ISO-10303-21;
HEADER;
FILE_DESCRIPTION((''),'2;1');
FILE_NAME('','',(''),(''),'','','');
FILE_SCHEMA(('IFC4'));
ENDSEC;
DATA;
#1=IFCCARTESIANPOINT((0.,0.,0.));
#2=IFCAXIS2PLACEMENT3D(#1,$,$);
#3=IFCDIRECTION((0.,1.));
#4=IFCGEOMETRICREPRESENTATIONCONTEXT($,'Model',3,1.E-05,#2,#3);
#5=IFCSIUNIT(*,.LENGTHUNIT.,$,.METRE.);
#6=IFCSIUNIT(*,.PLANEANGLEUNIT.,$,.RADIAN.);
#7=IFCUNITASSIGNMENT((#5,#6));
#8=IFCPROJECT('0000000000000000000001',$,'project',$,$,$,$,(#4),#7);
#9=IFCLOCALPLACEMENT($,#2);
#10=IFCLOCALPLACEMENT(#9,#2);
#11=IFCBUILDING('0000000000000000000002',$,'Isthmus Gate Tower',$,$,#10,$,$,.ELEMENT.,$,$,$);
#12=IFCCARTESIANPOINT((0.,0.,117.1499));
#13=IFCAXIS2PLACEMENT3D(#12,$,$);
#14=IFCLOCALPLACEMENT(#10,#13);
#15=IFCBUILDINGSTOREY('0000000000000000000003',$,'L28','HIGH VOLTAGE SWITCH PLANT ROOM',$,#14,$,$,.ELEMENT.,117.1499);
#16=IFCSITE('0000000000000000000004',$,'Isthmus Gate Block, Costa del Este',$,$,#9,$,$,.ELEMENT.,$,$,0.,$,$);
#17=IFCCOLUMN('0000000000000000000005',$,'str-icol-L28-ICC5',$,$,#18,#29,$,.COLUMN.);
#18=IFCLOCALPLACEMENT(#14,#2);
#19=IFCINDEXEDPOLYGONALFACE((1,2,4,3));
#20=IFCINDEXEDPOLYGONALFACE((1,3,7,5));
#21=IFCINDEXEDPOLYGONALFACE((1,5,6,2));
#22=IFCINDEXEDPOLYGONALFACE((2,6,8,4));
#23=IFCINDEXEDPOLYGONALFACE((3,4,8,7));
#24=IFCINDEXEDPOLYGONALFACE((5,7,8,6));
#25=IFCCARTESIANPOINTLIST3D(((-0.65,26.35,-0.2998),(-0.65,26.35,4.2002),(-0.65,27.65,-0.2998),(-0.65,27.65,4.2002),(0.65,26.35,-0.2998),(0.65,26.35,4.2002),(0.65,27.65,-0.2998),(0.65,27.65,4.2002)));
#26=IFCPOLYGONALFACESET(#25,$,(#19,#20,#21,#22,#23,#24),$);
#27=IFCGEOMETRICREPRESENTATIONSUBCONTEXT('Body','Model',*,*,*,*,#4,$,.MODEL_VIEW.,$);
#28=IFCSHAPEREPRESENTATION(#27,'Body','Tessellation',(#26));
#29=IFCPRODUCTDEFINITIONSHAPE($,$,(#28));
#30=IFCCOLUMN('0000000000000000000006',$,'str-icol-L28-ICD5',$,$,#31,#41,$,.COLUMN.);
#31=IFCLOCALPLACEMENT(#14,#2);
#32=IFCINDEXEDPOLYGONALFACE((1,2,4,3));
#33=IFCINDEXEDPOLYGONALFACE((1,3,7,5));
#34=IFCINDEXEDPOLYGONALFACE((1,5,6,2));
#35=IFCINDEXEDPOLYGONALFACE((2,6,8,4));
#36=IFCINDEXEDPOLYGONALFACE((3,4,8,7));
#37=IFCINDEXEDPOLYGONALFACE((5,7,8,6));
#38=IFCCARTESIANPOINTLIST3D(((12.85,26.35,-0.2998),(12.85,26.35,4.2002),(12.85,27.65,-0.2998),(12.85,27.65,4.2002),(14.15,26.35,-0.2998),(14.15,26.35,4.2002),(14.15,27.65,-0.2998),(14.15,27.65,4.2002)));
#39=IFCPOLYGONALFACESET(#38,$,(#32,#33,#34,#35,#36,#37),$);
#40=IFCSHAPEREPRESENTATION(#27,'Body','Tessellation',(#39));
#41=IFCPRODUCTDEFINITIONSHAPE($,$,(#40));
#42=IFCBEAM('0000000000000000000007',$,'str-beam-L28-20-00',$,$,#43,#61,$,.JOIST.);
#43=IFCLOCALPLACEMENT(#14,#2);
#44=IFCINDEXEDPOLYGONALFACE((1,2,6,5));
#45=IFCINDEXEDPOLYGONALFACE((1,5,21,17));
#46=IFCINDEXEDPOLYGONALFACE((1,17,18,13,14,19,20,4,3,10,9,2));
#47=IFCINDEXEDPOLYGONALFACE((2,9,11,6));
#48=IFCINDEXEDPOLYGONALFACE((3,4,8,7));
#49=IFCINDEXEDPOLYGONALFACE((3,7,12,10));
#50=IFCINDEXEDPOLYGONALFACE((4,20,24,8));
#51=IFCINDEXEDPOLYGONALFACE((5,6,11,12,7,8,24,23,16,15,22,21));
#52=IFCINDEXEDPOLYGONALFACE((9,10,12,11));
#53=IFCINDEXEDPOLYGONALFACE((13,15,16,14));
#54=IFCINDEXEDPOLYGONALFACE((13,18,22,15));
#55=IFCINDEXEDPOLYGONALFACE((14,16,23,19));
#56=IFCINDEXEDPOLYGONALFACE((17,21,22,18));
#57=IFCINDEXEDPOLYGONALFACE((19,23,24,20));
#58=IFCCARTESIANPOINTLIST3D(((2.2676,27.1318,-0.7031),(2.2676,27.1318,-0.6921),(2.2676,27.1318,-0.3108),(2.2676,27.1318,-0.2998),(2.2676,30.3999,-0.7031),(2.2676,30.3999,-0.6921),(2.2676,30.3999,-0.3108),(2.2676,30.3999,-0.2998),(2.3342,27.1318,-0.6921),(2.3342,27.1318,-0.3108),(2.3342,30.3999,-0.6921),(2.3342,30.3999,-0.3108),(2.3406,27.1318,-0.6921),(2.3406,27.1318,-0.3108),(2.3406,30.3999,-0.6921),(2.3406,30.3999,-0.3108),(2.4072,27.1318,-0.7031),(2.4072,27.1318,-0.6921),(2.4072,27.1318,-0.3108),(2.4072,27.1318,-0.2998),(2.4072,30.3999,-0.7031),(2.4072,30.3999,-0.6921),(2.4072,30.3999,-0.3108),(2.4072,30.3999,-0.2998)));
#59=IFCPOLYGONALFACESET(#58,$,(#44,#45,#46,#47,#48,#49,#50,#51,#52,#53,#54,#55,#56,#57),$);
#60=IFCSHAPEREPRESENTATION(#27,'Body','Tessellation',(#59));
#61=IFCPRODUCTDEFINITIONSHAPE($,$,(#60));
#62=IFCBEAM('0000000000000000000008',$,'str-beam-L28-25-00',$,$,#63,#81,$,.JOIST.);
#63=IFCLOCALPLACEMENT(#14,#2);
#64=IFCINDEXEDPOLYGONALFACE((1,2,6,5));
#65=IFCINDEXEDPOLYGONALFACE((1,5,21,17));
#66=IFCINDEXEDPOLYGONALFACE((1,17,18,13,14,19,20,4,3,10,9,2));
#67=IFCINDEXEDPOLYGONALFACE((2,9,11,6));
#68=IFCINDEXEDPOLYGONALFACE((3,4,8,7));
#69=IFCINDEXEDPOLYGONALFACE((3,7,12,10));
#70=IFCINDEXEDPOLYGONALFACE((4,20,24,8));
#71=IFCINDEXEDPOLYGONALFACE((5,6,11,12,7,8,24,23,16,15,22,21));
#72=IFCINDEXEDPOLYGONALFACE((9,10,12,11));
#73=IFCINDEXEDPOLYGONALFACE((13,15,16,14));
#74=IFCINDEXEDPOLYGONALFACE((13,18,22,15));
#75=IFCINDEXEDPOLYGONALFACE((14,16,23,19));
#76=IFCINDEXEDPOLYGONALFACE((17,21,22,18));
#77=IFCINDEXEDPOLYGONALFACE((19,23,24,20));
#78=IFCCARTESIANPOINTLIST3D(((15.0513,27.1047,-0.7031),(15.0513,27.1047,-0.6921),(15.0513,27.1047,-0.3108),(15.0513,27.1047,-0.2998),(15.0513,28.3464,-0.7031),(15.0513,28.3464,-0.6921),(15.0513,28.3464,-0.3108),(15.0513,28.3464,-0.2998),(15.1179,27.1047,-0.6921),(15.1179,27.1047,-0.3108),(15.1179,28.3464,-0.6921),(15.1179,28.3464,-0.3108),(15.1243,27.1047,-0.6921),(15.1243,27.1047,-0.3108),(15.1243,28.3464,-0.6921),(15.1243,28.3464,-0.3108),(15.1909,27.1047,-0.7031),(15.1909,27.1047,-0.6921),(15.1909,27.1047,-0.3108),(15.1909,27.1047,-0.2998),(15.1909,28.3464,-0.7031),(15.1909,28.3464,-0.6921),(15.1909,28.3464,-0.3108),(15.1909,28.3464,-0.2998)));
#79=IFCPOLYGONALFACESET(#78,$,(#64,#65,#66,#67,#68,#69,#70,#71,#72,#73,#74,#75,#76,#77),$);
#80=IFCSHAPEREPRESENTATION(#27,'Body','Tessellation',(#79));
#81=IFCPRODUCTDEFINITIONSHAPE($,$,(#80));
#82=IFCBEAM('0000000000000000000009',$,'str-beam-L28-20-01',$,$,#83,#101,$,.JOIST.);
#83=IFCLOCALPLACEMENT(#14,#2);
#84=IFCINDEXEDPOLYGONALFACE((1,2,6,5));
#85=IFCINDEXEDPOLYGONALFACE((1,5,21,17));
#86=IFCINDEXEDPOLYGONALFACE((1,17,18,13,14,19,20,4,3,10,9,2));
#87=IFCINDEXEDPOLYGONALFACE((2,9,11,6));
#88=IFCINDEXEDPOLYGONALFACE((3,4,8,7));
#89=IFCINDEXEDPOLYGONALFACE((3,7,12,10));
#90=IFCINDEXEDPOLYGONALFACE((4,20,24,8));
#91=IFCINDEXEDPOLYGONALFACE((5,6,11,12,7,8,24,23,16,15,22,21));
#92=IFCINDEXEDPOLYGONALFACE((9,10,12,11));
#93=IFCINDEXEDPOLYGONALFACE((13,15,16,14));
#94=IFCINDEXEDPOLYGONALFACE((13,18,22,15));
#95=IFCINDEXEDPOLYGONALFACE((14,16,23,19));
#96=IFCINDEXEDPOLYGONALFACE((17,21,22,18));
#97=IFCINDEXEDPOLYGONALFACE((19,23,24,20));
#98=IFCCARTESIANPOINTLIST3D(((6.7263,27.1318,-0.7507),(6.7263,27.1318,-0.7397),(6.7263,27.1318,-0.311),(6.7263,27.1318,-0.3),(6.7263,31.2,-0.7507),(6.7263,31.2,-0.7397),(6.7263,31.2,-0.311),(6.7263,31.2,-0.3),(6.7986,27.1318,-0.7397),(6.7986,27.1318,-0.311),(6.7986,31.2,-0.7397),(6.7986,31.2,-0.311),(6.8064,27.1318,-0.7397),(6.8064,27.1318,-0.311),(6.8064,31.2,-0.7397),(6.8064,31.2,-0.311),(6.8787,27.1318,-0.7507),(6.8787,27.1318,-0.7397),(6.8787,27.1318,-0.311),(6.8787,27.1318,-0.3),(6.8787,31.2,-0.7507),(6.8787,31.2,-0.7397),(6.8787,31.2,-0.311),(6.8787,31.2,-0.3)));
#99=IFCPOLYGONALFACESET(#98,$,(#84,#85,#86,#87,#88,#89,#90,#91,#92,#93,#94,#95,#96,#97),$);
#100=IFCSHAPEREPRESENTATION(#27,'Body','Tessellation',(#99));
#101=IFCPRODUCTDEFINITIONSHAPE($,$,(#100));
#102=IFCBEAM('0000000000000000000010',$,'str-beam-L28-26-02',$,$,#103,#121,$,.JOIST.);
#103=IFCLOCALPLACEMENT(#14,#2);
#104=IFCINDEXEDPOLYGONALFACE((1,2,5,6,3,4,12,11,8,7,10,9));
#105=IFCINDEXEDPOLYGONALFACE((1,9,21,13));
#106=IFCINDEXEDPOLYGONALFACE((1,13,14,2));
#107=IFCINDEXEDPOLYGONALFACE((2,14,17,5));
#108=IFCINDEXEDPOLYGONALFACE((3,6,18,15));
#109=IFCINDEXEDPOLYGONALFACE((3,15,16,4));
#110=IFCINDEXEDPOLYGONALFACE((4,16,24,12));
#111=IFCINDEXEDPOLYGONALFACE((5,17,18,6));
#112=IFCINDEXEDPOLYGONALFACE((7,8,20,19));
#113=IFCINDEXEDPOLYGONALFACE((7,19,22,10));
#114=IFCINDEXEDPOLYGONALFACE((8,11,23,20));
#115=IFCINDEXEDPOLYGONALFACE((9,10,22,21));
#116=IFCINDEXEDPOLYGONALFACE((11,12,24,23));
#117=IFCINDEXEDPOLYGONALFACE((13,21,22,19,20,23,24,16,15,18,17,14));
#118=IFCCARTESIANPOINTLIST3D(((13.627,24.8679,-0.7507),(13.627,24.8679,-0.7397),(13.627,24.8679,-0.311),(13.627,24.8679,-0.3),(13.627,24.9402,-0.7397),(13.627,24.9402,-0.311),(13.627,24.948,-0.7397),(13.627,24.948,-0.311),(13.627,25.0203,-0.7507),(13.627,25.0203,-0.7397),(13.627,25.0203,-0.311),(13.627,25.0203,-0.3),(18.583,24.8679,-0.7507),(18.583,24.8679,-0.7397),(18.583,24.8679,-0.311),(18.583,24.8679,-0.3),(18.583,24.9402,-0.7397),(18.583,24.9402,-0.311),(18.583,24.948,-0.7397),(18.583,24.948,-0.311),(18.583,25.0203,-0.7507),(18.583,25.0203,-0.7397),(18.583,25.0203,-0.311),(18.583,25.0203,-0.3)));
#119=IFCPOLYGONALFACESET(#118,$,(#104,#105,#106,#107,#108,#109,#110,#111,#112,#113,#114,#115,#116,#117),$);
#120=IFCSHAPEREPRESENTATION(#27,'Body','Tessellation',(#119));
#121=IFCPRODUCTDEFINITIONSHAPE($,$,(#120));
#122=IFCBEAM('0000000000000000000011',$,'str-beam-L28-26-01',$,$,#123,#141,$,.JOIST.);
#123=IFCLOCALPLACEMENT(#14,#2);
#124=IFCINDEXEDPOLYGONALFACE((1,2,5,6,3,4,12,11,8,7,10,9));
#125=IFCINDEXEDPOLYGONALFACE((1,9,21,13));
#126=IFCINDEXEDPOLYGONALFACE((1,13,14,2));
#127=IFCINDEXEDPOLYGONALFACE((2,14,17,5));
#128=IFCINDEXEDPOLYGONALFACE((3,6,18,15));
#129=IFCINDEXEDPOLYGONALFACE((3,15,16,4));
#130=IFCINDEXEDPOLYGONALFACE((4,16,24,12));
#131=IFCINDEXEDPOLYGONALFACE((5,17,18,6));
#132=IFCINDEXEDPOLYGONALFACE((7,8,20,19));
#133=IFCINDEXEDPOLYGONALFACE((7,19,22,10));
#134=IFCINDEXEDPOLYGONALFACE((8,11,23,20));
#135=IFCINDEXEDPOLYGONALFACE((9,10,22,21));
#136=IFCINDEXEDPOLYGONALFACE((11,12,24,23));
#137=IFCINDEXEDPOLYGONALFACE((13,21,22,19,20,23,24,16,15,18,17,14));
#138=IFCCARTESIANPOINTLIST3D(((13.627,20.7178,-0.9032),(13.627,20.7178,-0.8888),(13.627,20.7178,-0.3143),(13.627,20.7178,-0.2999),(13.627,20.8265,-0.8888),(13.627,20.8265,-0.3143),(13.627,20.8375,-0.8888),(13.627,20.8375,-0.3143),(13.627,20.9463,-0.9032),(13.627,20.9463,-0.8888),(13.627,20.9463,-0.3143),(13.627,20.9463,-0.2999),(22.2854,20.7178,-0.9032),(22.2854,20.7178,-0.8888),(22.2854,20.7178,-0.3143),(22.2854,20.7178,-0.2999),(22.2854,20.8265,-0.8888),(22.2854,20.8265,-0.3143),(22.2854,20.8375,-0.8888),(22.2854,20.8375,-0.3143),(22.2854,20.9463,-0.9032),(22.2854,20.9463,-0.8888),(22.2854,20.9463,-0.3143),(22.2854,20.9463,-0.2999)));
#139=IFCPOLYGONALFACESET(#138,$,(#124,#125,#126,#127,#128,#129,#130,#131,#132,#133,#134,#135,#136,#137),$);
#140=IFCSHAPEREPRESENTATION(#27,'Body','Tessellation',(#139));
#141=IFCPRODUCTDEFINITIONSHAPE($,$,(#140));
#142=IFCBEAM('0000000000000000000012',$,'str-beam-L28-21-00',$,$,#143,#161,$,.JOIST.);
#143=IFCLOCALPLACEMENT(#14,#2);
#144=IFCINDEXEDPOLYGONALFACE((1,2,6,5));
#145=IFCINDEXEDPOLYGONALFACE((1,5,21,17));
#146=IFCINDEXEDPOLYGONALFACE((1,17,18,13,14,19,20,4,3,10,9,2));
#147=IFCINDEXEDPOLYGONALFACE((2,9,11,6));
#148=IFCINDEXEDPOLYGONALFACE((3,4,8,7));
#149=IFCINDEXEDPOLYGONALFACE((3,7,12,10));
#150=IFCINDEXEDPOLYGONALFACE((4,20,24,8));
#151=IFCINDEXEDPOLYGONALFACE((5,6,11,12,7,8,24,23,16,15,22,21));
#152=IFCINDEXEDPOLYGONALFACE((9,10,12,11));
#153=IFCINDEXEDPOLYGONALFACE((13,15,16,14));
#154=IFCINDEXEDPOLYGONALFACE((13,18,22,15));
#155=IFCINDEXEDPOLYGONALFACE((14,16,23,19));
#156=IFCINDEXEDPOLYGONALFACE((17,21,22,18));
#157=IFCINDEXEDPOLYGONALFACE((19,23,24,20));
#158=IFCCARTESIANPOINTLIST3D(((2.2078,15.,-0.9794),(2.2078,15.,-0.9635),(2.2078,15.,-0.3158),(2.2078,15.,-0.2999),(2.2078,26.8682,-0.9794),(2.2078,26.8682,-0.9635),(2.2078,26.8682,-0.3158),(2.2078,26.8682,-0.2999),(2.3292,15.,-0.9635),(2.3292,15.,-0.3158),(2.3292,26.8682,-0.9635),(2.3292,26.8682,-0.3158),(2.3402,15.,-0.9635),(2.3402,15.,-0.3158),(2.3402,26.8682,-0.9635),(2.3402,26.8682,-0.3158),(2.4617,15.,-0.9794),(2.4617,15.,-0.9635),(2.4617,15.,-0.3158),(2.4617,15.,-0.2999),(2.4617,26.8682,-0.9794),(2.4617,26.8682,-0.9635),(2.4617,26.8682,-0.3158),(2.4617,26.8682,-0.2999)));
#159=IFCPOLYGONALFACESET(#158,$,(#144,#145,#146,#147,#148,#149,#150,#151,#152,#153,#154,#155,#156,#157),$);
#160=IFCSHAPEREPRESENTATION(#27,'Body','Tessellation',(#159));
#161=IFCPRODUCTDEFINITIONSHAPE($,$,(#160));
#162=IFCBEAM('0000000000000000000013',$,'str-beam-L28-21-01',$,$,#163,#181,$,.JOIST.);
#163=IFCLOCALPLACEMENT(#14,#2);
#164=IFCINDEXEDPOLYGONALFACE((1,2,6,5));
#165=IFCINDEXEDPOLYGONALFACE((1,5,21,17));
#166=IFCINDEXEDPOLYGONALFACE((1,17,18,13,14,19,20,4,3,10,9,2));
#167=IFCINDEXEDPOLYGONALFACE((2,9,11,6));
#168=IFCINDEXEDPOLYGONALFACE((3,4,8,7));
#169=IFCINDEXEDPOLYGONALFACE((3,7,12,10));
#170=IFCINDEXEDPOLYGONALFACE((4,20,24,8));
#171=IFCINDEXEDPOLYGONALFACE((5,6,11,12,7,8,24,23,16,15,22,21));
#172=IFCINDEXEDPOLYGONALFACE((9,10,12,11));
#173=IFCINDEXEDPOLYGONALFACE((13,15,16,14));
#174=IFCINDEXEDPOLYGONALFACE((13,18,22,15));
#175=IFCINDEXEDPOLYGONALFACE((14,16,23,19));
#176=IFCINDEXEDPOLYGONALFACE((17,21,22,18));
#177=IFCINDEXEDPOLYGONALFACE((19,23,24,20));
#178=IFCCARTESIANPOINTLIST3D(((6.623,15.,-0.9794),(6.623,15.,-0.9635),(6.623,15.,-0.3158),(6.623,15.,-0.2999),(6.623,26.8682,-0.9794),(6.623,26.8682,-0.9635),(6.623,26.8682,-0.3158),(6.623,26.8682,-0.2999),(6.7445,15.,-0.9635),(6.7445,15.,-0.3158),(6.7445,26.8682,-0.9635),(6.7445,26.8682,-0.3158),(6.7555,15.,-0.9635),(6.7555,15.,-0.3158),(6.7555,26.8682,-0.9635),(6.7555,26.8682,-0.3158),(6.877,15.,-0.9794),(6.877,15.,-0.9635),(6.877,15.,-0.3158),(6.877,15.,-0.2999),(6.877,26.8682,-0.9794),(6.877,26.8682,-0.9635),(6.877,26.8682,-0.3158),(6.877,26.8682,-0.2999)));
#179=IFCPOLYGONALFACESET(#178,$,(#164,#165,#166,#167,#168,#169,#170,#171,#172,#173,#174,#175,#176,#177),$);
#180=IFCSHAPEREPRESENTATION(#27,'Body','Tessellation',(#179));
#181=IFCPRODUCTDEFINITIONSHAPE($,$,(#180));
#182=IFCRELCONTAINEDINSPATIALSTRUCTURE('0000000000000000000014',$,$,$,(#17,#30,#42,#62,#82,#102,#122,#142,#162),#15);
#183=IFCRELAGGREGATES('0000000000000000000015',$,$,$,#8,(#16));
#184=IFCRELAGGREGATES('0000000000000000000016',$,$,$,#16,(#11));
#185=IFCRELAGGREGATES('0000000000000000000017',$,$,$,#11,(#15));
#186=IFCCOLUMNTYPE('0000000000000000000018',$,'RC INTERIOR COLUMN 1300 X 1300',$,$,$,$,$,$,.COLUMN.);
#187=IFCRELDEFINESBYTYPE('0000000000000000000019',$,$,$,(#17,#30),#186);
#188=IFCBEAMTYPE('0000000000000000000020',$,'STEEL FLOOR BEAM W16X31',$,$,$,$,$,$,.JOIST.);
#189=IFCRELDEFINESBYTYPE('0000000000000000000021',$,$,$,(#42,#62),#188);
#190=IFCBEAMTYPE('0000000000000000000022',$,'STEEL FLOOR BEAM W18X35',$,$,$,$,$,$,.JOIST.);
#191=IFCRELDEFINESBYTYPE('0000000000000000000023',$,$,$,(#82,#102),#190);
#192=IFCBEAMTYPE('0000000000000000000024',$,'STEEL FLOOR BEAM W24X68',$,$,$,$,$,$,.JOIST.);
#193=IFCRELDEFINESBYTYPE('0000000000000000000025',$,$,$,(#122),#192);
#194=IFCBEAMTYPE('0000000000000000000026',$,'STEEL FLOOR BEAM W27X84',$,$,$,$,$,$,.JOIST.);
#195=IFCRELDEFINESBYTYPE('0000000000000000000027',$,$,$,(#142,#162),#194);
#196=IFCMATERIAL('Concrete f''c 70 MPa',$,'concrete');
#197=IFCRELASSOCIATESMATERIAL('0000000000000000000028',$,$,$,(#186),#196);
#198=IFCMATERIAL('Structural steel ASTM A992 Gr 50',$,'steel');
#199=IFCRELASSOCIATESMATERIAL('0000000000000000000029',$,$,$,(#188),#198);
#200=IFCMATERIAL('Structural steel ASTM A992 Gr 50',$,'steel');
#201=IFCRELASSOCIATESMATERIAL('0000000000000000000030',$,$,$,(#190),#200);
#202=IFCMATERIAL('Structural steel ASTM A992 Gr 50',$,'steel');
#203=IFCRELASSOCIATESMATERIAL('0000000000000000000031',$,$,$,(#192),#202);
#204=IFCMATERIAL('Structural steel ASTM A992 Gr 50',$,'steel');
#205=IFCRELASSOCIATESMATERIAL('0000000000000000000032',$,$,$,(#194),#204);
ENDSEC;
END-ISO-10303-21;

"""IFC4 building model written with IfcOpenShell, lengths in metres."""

from ifc_helpers import new_model, si_unit, direction, frame, origin, origin_2d, place, context, subcontext, project, spatial, rectangle, i_section, extrude, material, material_profile, profile_set, type_object, element, save


model = new_model("IFC4")

# Units and contexts
model_context = context("Model", 3, precision=1e-05, world=origin(), true_north=direction((0.0, 1.0)))
body_context = subcontext(model_context, "Body", "Model", "MODEL_VIEW")
ifc_project = project(units=[si_unit("LENGTHUNIT", "METRE"), si_unit("PLANEANGLEUNIT", "RADIAN")], contexts=[model_context])

# Site, building, storey
site_placement = place(None, origin())
site = spatial("IfcSite", under=ifc_project, at=site_placement, Name="Isthmus Gate Block, Costa del Este", CompositionType="ELEMENT", RefElevation=0.0)
building_placement = place(site_placement, origin())
building = spatial("IfcBuilding", under=site, at=building_placement, Name="Isthmus Gate Tower", CompositionType="ELEMENT")
storey_placement = place(building_placement, frame((0.0, 0.0, 117.1499)))
storey = spatial("IfcBuildingStorey", under=building, at=storey_placement, Name="L28", Description="HIGH VOLTAGE SWITCH PLANT ROOM", CompositionType="ELEMENT", Elevation=117.1499)

# Columns
ifc_material_1 = material(Name="Concrete f'c 70 MPa", Category="concrete")
ifc_material_profile_1 = material_profile(ifc_material_1, rectangle(XDim=1.3, YDim=1.3, at=origin_2d()), Name="RC 1300X1300")
ifc_profile_set_1 = profile_set([ifc_material_profile_1], Name="Concrete f'c 70 MPa")
column_type = type_object("IfcColumnType", Name="RC INTERIOR COLUMN 1300 X 1300", PredefinedType="COLUMN", material=ifc_profile_set_1)
for number, where, z_axis, x_axis, name in (
    (1, (0.0, 27.0, -0.2998), (0.0, 0.0, 1.0), (1.0, 0.0, 0.0), "str-icol-L28-ICC5"),
    (2, (13.5, 27.0, -0.2998), (0.0, 0.0, 1.0), (1.0, 0.0, 0.0), "str-icol-L28-ICD5"),
):
    element("IfcColumn", number, at=place(storey_placement, frame(where, z_axis=z_axis, x_axis=x_axis)), inside=storey, type_object=column_type, Name=name, PredefinedType="COLUMN", context=body_context, shape_type="SweptSolid", body=[
        extrude(rectangle(XDim=1.3, YDim=1.3, at=origin_2d()), origin(), (0.0, 0.0, 1.0), 4.5),
    ])

# Beams
ifc_material_2 = material(Name="Structural steel ASTM A992 Gr 50", Category="steel")
ifc_material_profile_2 = material_profile(ifc_material_2, i_section(OverallWidth=0.1396, OverallDepth=0.4033, WebThickness=0.0063, FlangeThickness=0.011, at=origin_2d()), Name="W16X31")
ifc_profile_set_2 = profile_set([ifc_material_profile_2], Name="Structural steel ASTM A992 Gr 50")
beam_type_1 = type_object("IfcBeamType", Name="STEEL FLOOR BEAM W16X31", PredefinedType="JOIST", material=ifc_profile_set_2)
beam_1_placement = place(storey_placement, frame((2.3374, 27.1318, -0.5015), z_axis=(0.0, 1.0, 0.0), x_axis=(-1.0, 0.0, 0.0)))
element("IfcBeam", 3, at=beam_1_placement, inside=storey, type_object=beam_type_1, Name="str-beam-L28-20-00", PredefinedType="JOIST", context=body_context, shape_type="SweptSolid", body=[
    extrude(i_section(OverallWidth=0.1396, OverallDepth=0.4033, WebThickness=0.0063, FlangeThickness=0.011, at=origin_2d()), origin(), (0.0, 0.0, 1.0), 3.2681),
])
beam_2_placement = place(storey_placement, frame((15.1211, 27.1047, -0.5015), z_axis=(0.0, 1.0, 0.0), x_axis=(-1.0, 0.0, 0.0)))
element("IfcBeam", 4, at=beam_2_placement, inside=storey, type_object=beam_type_1, Name="str-beam-L28-25-00", PredefinedType="JOIST", context=body_context, shape_type="SweptSolid", body=[
    extrude(i_section(OverallWidth=0.1396, OverallDepth=0.4033, WebThickness=0.0063, FlangeThickness=0.011, at=origin_2d()), origin(), (0.0, 0.0, 1.0), 1.2417),
])
ifc_material_3 = material(Name="Structural steel ASTM A992 Gr 50", Category="steel")
ifc_material_profile_3 = material_profile(ifc_material_3, i_section(OverallWidth=0.1523, OverallDepth=0.4507, WebThickness=0.0078, FlangeThickness=0.011, at=origin_2d()), Name="W18X35")
ifc_profile_set_3 = profile_set([ifc_material_profile_3], Name="Structural steel ASTM A992 Gr 50")
beam_type_2 = type_object("IfcBeamType", Name="STEEL FLOOR BEAM W18X35", PredefinedType="JOIST", material=ifc_profile_set_3)
beam_3_placement = place(storey_placement, frame((6.8025, 27.1318, -0.5254), z_axis=(0.0, 1.0, 0.0), x_axis=(-1.0, 0.0, 0.0)))
element("IfcBeam", 5, at=beam_3_placement, inside=storey, type_object=beam_type_2, Name="str-beam-L28-20-01", PredefinedType="JOIST", context=body_context, shape_type="SweptSolid", body=[
    extrude(i_section(OverallWidth=0.1523, OverallDepth=0.4507, WebThickness=0.0078, FlangeThickness=0.011, at=origin_2d()), origin(), (0.0, 0.0, 1.0), 4.0681),
])
beam_4_placement = place(storey_placement, frame((13.627, 24.9441, -0.5254), z_axis=(1.0, 0.0, 0.0), x_axis=(0.0, 1.0, 0.0)))
element("IfcBeam", 6, at=beam_4_placement, inside=storey, type_object=beam_type_2, Name="str-beam-L28-26-02", PredefinedType="JOIST", context=body_context, shape_type="SweptSolid", body=[
    extrude(i_section(OverallWidth=0.1523, OverallDepth=0.4507, WebThickness=0.0078, FlangeThickness=0.011, at=origin_2d()), origin(), (0.0, 0.0, 1.0), 4.9561),
])
ifc_material_4 = material(Name="Structural steel ASTM A992 Gr 50", Category="steel")
ifc_material_profile_4 = material_profile(ifc_material_4, i_section(OverallWidth=0.2285, OverallDepth=0.6033, WebThickness=0.011, FlangeThickness=0.0144, at=origin_2d()), Name="W24X68")
ifc_profile_set_4 = profile_set([ifc_material_profile_4], Name="Structural steel ASTM A992 Gr 50")
beam_type_3 = type_object("IfcBeamType", Name="STEEL FLOOR BEAM W24X68", PredefinedType="JOIST", material=ifc_profile_set_4)
beam_5_placement = place(storey_placement, frame((13.627, 20.832, -0.6016), z_axis=(1.0, 0.0, 0.0), x_axis=(0.0, 1.0, 0.0)))
element("IfcBeam", 7, at=beam_5_placement, inside=storey, type_object=beam_type_3, Name="str-beam-L28-26-01", PredefinedType="JOIST", context=body_context, shape_type="SweptSolid", body=[
    extrude(i_section(OverallWidth=0.2285, OverallDepth=0.6033, WebThickness=0.011, FlangeThickness=0.0144, at=origin_2d()), origin(), (0.0, 0.0, 1.0), 8.6584),
])
ifc_material_5 = material(Name="Structural steel ASTM A992 Gr 50", Category="steel")
ifc_material_profile_5 = material_profile(ifc_material_5, i_section(OverallWidth=0.2539, OverallDepth=0.6794, WebThickness=0.011, FlangeThickness=0.0159, at=origin_2d()), Name="W27X84")
ifc_profile_set_5 = profile_set([ifc_material_profile_5], Name="Structural steel ASTM A992 Gr 50")
beam_type_4 = type_object("IfcBeamType", Name="STEEL FLOOR BEAM W27X84", PredefinedType="JOIST", material=ifc_profile_set_5)
for number, where, z_axis, x_axis, name in (
    (8, (2.3347, 15.0, -0.6396), (0.0, 1.0, 0.0), (-1.0, 0.0, 0.0), "str-beam-L28-21-00"),
    (9, (6.75, 15.0, -0.6396), (0.0, 1.0, 0.0), (-1.0, 0.0, 0.0), "str-beam-L28-21-01"),
):
    element("IfcBeam", number, at=place(storey_placement, frame(where, z_axis=z_axis, x_axis=x_axis)), inside=storey, type_object=beam_type_4, Name=name, PredefinedType="JOIST", context=body_context, shape_type="SweptSolid", body=[
        extrude(i_section(OverallWidth=0.2539, OverallDepth=0.6794, WebThickness=0.011, FlangeThickness=0.0159, at=origin_2d()), origin(), (0.0, 0.0, 1.0), 11.8682),
    ])

save(model, "model.ifc")
